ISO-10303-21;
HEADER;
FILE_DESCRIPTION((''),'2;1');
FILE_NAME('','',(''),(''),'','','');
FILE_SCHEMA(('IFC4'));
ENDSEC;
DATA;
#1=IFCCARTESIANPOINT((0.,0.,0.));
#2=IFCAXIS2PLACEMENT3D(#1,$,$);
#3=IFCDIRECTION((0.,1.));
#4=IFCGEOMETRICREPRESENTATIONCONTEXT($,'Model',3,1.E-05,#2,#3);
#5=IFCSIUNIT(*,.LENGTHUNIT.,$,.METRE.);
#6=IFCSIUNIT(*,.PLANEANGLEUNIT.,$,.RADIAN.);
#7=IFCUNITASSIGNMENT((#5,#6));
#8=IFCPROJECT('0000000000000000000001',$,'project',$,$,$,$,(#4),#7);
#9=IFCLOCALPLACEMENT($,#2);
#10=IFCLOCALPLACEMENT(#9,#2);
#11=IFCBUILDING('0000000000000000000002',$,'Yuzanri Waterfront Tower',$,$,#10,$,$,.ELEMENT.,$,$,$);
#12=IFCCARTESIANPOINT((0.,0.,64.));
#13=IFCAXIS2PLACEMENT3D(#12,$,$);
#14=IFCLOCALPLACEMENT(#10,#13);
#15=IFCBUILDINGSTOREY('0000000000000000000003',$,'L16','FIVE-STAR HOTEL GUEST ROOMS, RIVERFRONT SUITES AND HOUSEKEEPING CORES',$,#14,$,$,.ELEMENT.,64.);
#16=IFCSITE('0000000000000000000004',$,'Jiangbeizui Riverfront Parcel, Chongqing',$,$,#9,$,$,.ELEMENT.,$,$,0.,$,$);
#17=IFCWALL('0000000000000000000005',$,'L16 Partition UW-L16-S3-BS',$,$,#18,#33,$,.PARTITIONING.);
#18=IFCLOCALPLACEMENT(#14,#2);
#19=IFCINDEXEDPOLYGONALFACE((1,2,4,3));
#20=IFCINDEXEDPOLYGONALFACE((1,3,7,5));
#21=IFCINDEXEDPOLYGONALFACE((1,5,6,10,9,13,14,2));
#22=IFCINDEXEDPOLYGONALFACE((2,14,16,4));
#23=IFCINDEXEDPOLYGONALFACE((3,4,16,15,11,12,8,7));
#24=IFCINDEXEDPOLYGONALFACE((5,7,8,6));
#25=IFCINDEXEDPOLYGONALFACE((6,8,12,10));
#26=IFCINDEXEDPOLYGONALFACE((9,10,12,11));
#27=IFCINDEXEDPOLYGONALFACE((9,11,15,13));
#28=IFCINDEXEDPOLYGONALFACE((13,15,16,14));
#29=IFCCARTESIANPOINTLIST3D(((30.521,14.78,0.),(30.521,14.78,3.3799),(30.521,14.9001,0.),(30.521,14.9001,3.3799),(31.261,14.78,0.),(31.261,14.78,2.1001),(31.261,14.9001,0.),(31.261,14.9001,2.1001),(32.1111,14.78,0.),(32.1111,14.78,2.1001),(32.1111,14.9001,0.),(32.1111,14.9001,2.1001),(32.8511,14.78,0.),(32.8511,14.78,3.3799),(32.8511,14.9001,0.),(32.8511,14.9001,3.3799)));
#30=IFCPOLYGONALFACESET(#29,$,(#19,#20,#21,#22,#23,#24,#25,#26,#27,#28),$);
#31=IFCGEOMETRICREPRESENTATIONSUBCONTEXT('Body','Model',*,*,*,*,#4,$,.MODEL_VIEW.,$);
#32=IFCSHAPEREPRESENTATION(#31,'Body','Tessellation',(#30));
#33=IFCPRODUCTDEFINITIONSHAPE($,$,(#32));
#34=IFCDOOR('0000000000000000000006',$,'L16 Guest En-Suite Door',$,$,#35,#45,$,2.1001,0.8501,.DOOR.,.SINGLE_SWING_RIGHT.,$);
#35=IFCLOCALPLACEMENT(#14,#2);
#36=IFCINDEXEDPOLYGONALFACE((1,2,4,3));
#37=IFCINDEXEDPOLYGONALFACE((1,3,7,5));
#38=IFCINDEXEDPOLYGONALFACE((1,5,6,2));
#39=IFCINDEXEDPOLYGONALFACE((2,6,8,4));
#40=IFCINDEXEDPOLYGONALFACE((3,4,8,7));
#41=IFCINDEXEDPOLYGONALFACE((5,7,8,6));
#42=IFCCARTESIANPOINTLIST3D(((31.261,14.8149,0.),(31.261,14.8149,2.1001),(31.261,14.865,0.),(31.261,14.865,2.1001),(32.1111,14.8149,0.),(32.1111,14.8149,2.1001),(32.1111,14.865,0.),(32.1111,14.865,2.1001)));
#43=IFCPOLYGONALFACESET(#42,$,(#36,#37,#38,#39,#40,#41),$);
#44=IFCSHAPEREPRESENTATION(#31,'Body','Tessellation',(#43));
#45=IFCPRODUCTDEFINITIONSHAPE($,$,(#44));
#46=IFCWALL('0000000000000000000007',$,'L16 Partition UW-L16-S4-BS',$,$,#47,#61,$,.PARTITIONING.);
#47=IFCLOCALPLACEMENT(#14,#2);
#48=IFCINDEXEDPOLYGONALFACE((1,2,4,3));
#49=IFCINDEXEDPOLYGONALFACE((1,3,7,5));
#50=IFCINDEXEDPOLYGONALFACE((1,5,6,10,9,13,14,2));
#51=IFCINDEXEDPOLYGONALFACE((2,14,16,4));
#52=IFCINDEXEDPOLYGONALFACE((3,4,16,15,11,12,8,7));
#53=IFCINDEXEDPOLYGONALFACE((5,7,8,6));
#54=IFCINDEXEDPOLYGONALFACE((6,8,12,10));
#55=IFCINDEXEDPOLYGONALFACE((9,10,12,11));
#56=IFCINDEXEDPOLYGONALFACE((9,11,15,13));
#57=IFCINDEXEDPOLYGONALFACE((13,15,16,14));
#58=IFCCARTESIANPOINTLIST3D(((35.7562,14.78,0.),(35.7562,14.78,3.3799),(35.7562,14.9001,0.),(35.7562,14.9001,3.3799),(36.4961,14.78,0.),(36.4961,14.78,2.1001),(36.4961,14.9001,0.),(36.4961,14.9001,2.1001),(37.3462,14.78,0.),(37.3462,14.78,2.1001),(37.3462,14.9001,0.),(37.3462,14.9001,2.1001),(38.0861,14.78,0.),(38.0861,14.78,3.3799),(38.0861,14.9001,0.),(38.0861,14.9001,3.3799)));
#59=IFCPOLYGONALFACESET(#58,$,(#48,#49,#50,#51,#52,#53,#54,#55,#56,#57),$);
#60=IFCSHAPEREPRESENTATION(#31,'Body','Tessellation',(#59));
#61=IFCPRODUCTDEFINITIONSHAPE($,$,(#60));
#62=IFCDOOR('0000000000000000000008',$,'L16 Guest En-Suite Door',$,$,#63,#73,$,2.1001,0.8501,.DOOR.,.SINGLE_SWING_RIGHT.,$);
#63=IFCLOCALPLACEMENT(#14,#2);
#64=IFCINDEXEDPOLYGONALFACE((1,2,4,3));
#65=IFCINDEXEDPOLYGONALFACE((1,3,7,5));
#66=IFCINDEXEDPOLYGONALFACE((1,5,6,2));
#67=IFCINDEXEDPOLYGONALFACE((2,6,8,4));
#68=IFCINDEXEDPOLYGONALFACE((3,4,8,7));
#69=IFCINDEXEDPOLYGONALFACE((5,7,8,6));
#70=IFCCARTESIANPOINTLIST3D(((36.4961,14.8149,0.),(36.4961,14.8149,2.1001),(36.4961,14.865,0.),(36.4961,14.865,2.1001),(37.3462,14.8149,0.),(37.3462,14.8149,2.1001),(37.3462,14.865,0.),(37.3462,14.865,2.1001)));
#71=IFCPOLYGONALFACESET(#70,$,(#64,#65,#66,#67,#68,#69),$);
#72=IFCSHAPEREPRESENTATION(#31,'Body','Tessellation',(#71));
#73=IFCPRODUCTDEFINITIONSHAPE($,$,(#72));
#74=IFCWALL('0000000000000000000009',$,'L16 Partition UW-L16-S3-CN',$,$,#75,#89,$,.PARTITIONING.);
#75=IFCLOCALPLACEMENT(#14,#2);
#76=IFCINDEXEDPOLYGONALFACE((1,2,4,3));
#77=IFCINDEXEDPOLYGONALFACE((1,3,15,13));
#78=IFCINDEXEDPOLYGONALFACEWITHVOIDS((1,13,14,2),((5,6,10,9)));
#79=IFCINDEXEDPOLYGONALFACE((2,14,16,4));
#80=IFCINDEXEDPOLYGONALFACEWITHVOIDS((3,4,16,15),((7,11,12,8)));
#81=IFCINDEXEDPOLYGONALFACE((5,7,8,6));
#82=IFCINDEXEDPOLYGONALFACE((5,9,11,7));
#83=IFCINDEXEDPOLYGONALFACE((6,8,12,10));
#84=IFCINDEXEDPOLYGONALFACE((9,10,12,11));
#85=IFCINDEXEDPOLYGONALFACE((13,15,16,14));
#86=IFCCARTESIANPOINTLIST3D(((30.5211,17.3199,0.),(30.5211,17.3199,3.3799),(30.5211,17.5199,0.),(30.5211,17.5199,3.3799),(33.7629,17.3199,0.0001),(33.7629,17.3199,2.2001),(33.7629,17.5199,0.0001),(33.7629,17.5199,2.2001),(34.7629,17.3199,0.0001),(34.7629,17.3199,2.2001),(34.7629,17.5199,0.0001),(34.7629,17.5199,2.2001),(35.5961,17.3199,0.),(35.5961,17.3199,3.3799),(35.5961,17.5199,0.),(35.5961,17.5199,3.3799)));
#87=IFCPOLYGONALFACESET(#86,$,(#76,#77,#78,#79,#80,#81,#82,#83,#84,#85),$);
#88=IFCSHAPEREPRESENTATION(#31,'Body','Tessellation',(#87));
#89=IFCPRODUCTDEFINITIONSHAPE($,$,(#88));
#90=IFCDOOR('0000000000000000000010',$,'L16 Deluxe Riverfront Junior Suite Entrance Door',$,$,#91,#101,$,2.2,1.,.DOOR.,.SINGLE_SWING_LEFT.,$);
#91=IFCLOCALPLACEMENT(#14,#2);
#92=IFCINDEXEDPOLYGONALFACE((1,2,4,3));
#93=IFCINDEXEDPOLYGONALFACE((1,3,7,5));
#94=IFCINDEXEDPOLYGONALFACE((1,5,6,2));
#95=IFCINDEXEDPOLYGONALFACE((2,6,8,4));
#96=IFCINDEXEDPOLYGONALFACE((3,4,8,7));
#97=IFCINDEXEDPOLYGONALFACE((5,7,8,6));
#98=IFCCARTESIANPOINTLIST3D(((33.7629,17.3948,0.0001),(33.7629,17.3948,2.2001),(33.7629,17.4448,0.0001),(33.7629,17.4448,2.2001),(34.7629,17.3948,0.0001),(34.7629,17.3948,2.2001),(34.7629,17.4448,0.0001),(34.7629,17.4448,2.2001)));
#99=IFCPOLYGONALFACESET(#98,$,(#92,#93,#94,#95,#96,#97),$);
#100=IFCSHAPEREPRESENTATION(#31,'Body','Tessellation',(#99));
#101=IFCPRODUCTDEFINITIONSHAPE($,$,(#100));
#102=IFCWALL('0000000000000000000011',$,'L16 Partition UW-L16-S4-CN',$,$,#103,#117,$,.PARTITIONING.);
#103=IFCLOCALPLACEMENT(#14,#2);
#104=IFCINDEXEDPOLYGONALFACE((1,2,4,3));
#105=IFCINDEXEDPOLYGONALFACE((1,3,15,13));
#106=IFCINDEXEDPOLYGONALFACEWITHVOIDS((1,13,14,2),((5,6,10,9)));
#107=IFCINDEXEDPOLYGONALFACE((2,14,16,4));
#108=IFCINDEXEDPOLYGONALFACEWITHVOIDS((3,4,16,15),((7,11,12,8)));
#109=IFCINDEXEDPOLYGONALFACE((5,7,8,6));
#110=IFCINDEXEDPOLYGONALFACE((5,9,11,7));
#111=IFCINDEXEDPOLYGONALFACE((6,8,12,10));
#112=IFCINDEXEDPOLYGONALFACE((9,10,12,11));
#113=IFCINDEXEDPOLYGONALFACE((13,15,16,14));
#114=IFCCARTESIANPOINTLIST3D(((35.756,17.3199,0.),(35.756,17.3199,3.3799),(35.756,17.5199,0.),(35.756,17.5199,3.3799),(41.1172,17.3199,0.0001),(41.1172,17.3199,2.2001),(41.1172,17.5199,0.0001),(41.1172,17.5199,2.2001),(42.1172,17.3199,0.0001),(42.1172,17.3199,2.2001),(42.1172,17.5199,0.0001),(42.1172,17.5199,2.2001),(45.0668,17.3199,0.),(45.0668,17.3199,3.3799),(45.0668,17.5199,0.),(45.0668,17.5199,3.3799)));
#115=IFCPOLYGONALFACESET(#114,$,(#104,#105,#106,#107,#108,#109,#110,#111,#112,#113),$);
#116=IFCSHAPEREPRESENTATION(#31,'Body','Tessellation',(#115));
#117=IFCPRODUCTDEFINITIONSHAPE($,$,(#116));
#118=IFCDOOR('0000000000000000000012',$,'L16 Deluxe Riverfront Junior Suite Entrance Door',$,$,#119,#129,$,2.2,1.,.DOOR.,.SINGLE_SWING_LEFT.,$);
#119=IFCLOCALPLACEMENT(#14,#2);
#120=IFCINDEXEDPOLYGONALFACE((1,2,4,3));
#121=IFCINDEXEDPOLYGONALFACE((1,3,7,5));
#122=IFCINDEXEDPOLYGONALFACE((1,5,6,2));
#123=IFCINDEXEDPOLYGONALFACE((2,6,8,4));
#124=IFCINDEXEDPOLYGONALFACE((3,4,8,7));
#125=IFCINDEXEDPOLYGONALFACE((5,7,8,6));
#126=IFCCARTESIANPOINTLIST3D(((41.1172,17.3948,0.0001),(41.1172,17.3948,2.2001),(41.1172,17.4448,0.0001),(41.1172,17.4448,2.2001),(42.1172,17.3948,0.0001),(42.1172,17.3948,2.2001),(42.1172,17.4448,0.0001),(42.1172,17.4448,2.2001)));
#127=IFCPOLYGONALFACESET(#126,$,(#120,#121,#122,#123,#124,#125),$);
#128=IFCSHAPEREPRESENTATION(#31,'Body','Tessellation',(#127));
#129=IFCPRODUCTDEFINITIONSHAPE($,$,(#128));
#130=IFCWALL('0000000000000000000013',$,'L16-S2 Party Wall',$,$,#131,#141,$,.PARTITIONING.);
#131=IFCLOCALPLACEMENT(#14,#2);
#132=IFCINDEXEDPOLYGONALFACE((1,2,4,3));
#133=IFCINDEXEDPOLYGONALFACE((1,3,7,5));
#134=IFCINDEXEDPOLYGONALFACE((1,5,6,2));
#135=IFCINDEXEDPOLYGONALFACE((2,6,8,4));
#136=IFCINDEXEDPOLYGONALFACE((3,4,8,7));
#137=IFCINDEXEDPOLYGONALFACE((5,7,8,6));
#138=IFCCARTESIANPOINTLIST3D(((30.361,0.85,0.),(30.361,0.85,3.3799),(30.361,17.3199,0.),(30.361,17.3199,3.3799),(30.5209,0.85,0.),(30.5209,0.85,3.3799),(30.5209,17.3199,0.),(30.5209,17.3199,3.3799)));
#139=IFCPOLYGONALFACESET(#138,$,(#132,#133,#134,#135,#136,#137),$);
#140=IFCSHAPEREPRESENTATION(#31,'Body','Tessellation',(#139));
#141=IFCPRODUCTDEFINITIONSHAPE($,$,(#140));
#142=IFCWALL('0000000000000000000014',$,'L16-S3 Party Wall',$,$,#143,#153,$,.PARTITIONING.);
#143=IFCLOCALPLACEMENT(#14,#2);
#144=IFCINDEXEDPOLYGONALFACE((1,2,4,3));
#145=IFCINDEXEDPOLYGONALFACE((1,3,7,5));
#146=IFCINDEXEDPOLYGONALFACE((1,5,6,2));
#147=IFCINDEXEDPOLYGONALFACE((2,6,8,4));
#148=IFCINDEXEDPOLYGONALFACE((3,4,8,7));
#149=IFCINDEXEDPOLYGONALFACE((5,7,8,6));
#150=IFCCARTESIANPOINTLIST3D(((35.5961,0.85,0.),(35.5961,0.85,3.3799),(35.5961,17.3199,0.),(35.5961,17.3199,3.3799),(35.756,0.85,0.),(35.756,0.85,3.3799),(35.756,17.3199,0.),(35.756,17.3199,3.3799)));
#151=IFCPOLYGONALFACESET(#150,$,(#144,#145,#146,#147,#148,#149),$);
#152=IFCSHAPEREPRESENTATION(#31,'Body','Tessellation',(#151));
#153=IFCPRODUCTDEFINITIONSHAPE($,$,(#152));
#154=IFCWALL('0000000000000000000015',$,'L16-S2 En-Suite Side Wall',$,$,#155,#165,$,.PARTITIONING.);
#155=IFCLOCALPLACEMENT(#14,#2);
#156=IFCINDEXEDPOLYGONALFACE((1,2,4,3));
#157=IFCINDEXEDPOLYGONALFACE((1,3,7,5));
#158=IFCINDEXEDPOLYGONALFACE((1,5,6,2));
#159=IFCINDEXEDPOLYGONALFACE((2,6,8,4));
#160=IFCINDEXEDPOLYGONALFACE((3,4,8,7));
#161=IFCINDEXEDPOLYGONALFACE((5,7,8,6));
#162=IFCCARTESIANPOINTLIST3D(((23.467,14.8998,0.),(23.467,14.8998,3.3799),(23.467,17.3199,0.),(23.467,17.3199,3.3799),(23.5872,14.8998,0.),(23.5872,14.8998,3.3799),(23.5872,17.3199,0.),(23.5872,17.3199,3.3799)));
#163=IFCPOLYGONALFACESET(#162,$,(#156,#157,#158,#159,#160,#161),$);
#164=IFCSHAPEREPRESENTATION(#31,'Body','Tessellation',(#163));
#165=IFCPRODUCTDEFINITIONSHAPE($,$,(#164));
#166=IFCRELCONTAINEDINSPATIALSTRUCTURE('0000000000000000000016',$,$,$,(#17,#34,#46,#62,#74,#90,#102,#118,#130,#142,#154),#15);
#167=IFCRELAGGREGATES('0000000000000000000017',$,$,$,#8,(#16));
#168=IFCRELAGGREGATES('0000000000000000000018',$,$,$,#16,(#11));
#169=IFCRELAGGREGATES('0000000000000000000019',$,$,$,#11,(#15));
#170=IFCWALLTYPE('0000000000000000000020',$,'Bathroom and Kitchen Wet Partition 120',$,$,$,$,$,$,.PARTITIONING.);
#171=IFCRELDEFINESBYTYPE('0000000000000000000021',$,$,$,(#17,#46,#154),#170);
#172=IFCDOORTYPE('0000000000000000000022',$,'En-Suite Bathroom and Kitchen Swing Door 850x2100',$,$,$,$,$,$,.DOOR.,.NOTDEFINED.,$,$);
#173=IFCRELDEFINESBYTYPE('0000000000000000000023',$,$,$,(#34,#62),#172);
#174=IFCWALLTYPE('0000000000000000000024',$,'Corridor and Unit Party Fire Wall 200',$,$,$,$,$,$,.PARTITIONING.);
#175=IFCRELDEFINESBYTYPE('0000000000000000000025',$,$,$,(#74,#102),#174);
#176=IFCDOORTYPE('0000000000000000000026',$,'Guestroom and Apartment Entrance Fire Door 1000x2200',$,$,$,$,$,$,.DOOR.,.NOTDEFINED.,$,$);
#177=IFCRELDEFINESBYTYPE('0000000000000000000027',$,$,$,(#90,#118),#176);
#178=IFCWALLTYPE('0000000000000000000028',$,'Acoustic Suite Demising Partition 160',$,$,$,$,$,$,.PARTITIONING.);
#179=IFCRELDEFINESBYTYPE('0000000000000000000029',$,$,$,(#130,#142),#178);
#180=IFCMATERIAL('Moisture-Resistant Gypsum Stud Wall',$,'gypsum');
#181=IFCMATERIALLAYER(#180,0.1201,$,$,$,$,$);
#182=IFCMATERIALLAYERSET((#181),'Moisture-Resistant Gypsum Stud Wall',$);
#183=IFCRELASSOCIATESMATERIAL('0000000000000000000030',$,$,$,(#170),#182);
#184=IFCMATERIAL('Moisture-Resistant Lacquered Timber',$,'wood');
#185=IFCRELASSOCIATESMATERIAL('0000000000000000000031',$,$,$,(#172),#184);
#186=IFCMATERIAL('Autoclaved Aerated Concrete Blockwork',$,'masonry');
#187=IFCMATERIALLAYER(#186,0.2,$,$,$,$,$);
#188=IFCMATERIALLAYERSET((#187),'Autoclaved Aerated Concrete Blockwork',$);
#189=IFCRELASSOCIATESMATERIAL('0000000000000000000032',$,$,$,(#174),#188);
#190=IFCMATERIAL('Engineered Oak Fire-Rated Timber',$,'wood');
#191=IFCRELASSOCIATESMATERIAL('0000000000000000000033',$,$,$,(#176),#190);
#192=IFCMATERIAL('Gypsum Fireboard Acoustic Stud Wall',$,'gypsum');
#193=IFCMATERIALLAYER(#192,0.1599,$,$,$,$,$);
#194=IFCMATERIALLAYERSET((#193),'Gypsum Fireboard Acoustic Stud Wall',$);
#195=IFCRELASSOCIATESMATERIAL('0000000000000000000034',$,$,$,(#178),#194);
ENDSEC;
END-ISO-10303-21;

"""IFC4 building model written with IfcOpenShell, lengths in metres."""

from ifc_helpers import new_model, si_unit, direction, frame, frame_2d, origin, place, context, subcontext, project, spatial, rectangle, extrude, source, transform, mapped, material, layer, layer_set, type_object, element, fill, save


model = new_model("IFC4")

# Units and contexts
model_context = context("Model", 3, precision=1e-05, world=origin(), true_north=direction((0.0, 1.0)))
body_context = subcontext(model_context, "Body", "Model", "MODEL_VIEW")
ifc_project = project(units=[si_unit("LENGTHUNIT", "METRE"), si_unit("PLANEANGLEUNIT", "RADIAN")], contexts=[model_context])

# Site, building, storey
site_placement = place(None, origin())
site = spatial("IfcSite", under=ifc_project, at=site_placement, Name="Jiangbeizui Riverfront Parcel, Chongqing", CompositionType="ELEMENT", RefElevation=0.0)
building_placement = place(site_placement, origin())
building = spatial("IfcBuilding", under=site, at=building_placement, Name="Yuzanri Waterfront Tower", CompositionType="ELEMENT")
storey_placement = place(building_placement, frame((0.0, 0.0, 64.0)))
storey = spatial("IfcBuildingStorey", under=building, at=storey_placement, Name="L16", Description="FIVE-STAR HOTEL GUEST ROOMS, RIVERFRONT SUITES AND HOUSEKEEPING CORES", CompositionType="ELEMENT", Elevation=64.0)

# Walls, openings, doors
ifc_material_1 = material(Name="Moisture-Resistant Gypsum Stud Wall", Category="gypsum")
ifc_layer_1 = layer(ifc_material_1, 0.1201)
ifc_layer_set_1 = layer_set([ifc_layer_1], Name="Moisture-Resistant Gypsum Stud Wall")
wall_type_1 = type_object("IfcWallType", Name="Bathroom and Kitchen Wet Partition 120", PredefinedType="PARTITIONING", material=ifc_layer_set_1)
wall_1_placement = place(storey_placement, frame((30.521, 14.8401, 0.0), z_axis=(0.0, 0.0, 1.0), x_axis=(1.0, 0.0, 0.0)))
wall_1 = element("IfcWall", 1, at=wall_1_placement, inside=storey, type_object=wall_type_1, Name="L16 Partition UW-L16-S3-BS", PredefinedType="PARTITIONING", context=body_context, shape_type="SweptSolid", body=[
    extrude(rectangle(XDim=2.3301, YDim=0.1201, at=frame_2d((1.165, 0.0))), origin(), (0.0, 0.0, 1.0), 3.3799),
])
opening_1_placement = place(wall_1_placement, frame((0.74, 0.0, 0.0)))
opening_1 = element("IfcOpeningElement", 2, at=opening_1_placement, cuts=wall_1, PredefinedType="OPENING", context=body_context, shape_type="SweptSolid", body=[
    extrude(rectangle(XDim=0.8501, YDim=2.1001, at=frame_2d((0.425, 1.05))), frame((0.0, 0.075, 0.0), z_axis=(0.0, -1.0, 0.0), x_axis=(1.0, 0.0, 0.0)), (0.0, 0.0, 1.0), 0.1499),
])
ifc_material_2 = material(Name="Moisture-Resistant Lacquered Timber", Category="wood")
door_type_1 = type_object("IfcDoorType", Name="En-Suite Bathroom and Kitchen Swing Door 850x2100", OperationType="NOTDEFINED", PredefinedType="DOOR", material=ifc_material_2)
shared_shape_1 = source(origin(), body_context, "Body", "SweptSolid", [
    extrude(rectangle(XDim=0.8501, YDim=2.1001, at=frame_2d((0.425, 1.05))), frame((0.0, 0.0249, 0.0), z_axis=(0.0, -1.0, 0.0), x_axis=(1.0, 0.0, 0.0)), (0.0, 0.0, 1.0), 0.05),
])
door_1_placement = place(opening_1_placement, origin())
door_1 = element("IfcDoor", 3, at=door_1_placement, inside=storey, type_object=door_type_1, Name="L16 Guest En-Suite Door", OperationType="SINGLE_SWING_RIGHT", OverallHeight=2.1001, OverallWidth=0.8501, PredefinedType="DOOR", context=body_context, shape_type="MappedRepresentation", body=[
    mapped(shared_shape_1, transform((0.0, 0.0, 0.0), scale=1.0)),
])
fill(opening_1, door_1)
wall_2_placement = place(storey_placement, frame((35.7561, 14.8401, 0.0), z_axis=(0.0, 0.0, 1.0), x_axis=(1.0, 0.0, 0.0)))
wall_2 = element("IfcWall", 4, at=wall_2_placement, inside=storey, type_object=wall_type_1, Name="L16 Partition UW-L16-S4-BS", PredefinedType="PARTITIONING", context=body_context, shape_type="SweptSolid", body=[
    extrude(rectangle(XDim=2.3298, YDim=0.1201, at=frame_2d((1.165, 0.0))), origin(), (0.0, 0.0, 1.0), 3.3799),
])
opening_2_placement = place(wall_2_placement, frame((0.74, 0.0, 0.0)))
opening_2 = element("IfcOpeningElement", 5, at=opening_2_placement, cuts=wall_2, PredefinedType="OPENING", context=body_context, shape_type="SweptSolid", body=[
    extrude(rectangle(XDim=0.8501, YDim=2.1001, at=frame_2d((0.425, 1.05))), frame((0.0, 0.075, 0.0), z_axis=(0.0, -1.0, 0.0), x_axis=(1.0, 0.0, 0.0)), (0.0, 0.0, 1.0), 0.1499),
])
door_2_placement = place(opening_2_placement, origin())
door_2 = element("IfcDoor", 6, at=door_2_placement, inside=storey, type_object=door_type_1, Name="L16 Guest En-Suite Door", OperationType="SINGLE_SWING_RIGHT", OverallHeight=2.1001, OverallWidth=0.8501, PredefinedType="DOOR", context=body_context, shape_type="MappedRepresentation", body=[
    mapped(shared_shape_1, transform((0.0, 0.0, 0.0), scale=1.0)),
])
fill(opening_2, door_2)

# Walls, openings, doors
ifc_material_3 = material(Name="Autoclaved Aerated Concrete Blockwork", Category="masonry")
ifc_layer_2 = layer(ifc_material_3, 0.2)
ifc_layer_set_2 = layer_set([ifc_layer_2], Name="Autoclaved Aerated Concrete Blockwork")
wall_type_2 = type_object("IfcWallType", Name="Corridor and Unit Party Fire Wall 200", PredefinedType="PARTITIONING", material=ifc_layer_set_2)
wall_3_placement = place(storey_placement, frame((30.521, 17.4199, 0.0), z_axis=(0.0, 0.0, 1.0), x_axis=(1.0, 0.0, 0.0)))
wall_3 = element("IfcWall", 7, at=wall_3_placement, inside=storey, type_object=wall_type_2, Name="L16 Partition UW-L16-S3-CN", PredefinedType="PARTITIONING", context=body_context, shape_type="SweptSolid", body=[
    extrude(rectangle(XDim=5.075, YDim=0.2, at=frame_2d((2.5376, 0.0))), origin(), (0.0, 0.0, 1.0), 3.3799),
])
opening_3_placement = place(wall_3_placement, frame((3.2419, 0.0, 0.0)))
opening_3 = element("IfcOpeningElement", 8, at=opening_3_placement, cuts=wall_3, PredefinedType="OPENING", context=body_context, shape_type="SweptSolid", body=[
    extrude(rectangle(XDim=1.0, YDim=2.2, at=frame_2d((0.5, 1.1001))), frame((0.0, 0.1147, 0.0), z_axis=(0.0, -1.0, 0.0), x_axis=(1.0, 0.0, 0.0)), (0.0, 0.0, 1.0), 0.2297),
])
ifc_material_4 = material(Name="Engineered Oak Fire-Rated Timber", Category="wood")
door_type_2 = type_object("IfcDoorType", Name="Guestroom and Apartment Entrance Fire Door 1000x2200", OperationType="NOTDEFINED", PredefinedType="DOOR", material=ifc_material_4)
shared_shape_2 = source(origin(), body_context, "Body", "SweptSolid", [
    extrude(rectangle(XDim=1.0, YDim=2.2, at=frame_2d((0.5, 1.1001))), frame((0.0, 0.0249, 0.0), z_axis=(0.0, -1.0, 0.0), x_axis=(1.0, 0.0, 0.0)), (0.0, 0.0, 1.0), 0.05),
])
door_3_placement = place(opening_3_placement, origin())
door_3 = element("IfcDoor", 9, at=door_3_placement, inside=storey, type_object=door_type_2, Name="L16 Deluxe Riverfront Junior Suite Entrance Door", OperationType="SINGLE_SWING_LEFT", OverallHeight=2.2, OverallWidth=1.0, PredefinedType="DOOR", context=body_context, shape_type="MappedRepresentation", body=[
    mapped(shared_shape_2, transform((0.0, 0.0, 0.0), scale=1.0)),
])
fill(opening_3, door_3)
wall_4_placement = place(storey_placement, frame((35.7561, 17.4199, 0.0), z_axis=(0.0, 0.0, 1.0), x_axis=(1.0, 0.0, 0.0)))
wall_4 = element("IfcWall", 10, at=wall_4_placement, inside=storey, type_object=wall_type_2, Name="L16 Partition UW-L16-S4-CN", PredefinedType="PARTITIONING", context=body_context, shape_type="SweptSolid", body=[
    extrude(rectangle(XDim=9.3108, YDim=0.2, at=frame_2d((4.6553, 0.0))), origin(), (0.0, 0.0, 1.0), 3.3799),
])
opening_4_placement = place(wall_4_placement, frame((5.3611, 0.0, 0.0)))
opening_4 = element("IfcOpeningElement", 11, at=opening_4_placement, cuts=wall_4, PredefinedType="OPENING", context=body_context, shape_type="SweptSolid", body=[
    extrude(rectangle(XDim=1.0, YDim=2.2, at=frame_2d((0.5, 1.1001))), frame((0.0, 0.1147, 0.0), z_axis=(0.0, -1.0, 0.0), x_axis=(1.0, 0.0, 0.0)), (0.0, 0.0, 1.0), 0.2297),
])
door_4_placement = place(opening_4_placement, origin())
door_4 = element("IfcDoor", 12, at=door_4_placement, inside=storey, type_object=door_type_2, Name="L16 Deluxe Riverfront Junior Suite Entrance Door", OperationType="SINGLE_SWING_LEFT", OverallHeight=2.2, OverallWidth=1.0, PredefinedType="DOOR", context=body_context, shape_type="MappedRepresentation", body=[
    mapped(shared_shape_2, transform((0.0, 0.0, 0.0), scale=1.0)),
])
fill(opening_4, door_4)

# Walls
ifc_material_5 = material(Name="Gypsum Fireboard Acoustic Stud Wall", Category="gypsum")
ifc_layer_3 = layer(ifc_material_5, 0.1599)
ifc_layer_set_3 = layer_set([ifc_layer_3], Name="Gypsum Fireboard Acoustic Stud Wall")
wall_type_3 = type_object("IfcWallType", Name="Acoustic Suite Demising Partition 160", PredefinedType="PARTITIONING", material=ifc_layer_set_3)
shared_shape_3 = source(origin(), body_context, "Body", "SweptSolid", [
    extrude(rectangle(XDim=16.47, YDim=0.1599, at=frame_2d((8.2349, 0.0))), origin(), (0.0, 0.0, 1.0), 3.3799),
])
for number, where, z_axis, x_axis, name in (
    (13, (30.4409, 0.8501, 0.0), (0.0, 0.0, 1.0), (0.0, 1.0, 0.0), "L16-S2 Party Wall"),
    (14, (35.676, 0.8501, 0.0), (0.0, 0.0, 1.0), (0.0, 1.0, 0.0), "L16-S3 Party Wall"),
):
    element("IfcWall", number, at=place(storey_placement, frame(where, z_axis=z_axis, x_axis=x_axis)), inside=storey, type_object=wall_type_3, Name=name, PredefinedType="PARTITIONING", context=body_context, shape_type="MappedRepresentation", body=[
        mapped(shared_shape_3, transform((0.0, 0.0, 0.0), scale=1.0)),
    ])
shared_shape_4 = source(origin(), body_context, "Body", "SweptSolid", [
    extrude(rectangle(XDim=2.4202, YDim=0.1201, at=frame_2d((1.21, 0.0))), origin(), (0.0, 0.0, 1.0), 3.3799),
])
for number, where, z_axis, x_axis, name in (
    (15, (23.5271, 14.8999, 0.0), (0.0, 0.0, 1.0), (0.0, 1.0, 0.0), "L16-S2 En-Suite Side Wall"),
):
    element("IfcWall", number, at=place(storey_placement, frame(where, z_axis=z_axis, x_axis=x_axis)), inside=storey, type_object=wall_type_1, Name=name, PredefinedType="PARTITIONING", context=body_context, shape_type="MappedRepresentation", body=[
        mapped(shared_shape_4, transform((0.0, 0.0, 0.0), scale=1.0)),
    ])

save(model, "model.ifc")
